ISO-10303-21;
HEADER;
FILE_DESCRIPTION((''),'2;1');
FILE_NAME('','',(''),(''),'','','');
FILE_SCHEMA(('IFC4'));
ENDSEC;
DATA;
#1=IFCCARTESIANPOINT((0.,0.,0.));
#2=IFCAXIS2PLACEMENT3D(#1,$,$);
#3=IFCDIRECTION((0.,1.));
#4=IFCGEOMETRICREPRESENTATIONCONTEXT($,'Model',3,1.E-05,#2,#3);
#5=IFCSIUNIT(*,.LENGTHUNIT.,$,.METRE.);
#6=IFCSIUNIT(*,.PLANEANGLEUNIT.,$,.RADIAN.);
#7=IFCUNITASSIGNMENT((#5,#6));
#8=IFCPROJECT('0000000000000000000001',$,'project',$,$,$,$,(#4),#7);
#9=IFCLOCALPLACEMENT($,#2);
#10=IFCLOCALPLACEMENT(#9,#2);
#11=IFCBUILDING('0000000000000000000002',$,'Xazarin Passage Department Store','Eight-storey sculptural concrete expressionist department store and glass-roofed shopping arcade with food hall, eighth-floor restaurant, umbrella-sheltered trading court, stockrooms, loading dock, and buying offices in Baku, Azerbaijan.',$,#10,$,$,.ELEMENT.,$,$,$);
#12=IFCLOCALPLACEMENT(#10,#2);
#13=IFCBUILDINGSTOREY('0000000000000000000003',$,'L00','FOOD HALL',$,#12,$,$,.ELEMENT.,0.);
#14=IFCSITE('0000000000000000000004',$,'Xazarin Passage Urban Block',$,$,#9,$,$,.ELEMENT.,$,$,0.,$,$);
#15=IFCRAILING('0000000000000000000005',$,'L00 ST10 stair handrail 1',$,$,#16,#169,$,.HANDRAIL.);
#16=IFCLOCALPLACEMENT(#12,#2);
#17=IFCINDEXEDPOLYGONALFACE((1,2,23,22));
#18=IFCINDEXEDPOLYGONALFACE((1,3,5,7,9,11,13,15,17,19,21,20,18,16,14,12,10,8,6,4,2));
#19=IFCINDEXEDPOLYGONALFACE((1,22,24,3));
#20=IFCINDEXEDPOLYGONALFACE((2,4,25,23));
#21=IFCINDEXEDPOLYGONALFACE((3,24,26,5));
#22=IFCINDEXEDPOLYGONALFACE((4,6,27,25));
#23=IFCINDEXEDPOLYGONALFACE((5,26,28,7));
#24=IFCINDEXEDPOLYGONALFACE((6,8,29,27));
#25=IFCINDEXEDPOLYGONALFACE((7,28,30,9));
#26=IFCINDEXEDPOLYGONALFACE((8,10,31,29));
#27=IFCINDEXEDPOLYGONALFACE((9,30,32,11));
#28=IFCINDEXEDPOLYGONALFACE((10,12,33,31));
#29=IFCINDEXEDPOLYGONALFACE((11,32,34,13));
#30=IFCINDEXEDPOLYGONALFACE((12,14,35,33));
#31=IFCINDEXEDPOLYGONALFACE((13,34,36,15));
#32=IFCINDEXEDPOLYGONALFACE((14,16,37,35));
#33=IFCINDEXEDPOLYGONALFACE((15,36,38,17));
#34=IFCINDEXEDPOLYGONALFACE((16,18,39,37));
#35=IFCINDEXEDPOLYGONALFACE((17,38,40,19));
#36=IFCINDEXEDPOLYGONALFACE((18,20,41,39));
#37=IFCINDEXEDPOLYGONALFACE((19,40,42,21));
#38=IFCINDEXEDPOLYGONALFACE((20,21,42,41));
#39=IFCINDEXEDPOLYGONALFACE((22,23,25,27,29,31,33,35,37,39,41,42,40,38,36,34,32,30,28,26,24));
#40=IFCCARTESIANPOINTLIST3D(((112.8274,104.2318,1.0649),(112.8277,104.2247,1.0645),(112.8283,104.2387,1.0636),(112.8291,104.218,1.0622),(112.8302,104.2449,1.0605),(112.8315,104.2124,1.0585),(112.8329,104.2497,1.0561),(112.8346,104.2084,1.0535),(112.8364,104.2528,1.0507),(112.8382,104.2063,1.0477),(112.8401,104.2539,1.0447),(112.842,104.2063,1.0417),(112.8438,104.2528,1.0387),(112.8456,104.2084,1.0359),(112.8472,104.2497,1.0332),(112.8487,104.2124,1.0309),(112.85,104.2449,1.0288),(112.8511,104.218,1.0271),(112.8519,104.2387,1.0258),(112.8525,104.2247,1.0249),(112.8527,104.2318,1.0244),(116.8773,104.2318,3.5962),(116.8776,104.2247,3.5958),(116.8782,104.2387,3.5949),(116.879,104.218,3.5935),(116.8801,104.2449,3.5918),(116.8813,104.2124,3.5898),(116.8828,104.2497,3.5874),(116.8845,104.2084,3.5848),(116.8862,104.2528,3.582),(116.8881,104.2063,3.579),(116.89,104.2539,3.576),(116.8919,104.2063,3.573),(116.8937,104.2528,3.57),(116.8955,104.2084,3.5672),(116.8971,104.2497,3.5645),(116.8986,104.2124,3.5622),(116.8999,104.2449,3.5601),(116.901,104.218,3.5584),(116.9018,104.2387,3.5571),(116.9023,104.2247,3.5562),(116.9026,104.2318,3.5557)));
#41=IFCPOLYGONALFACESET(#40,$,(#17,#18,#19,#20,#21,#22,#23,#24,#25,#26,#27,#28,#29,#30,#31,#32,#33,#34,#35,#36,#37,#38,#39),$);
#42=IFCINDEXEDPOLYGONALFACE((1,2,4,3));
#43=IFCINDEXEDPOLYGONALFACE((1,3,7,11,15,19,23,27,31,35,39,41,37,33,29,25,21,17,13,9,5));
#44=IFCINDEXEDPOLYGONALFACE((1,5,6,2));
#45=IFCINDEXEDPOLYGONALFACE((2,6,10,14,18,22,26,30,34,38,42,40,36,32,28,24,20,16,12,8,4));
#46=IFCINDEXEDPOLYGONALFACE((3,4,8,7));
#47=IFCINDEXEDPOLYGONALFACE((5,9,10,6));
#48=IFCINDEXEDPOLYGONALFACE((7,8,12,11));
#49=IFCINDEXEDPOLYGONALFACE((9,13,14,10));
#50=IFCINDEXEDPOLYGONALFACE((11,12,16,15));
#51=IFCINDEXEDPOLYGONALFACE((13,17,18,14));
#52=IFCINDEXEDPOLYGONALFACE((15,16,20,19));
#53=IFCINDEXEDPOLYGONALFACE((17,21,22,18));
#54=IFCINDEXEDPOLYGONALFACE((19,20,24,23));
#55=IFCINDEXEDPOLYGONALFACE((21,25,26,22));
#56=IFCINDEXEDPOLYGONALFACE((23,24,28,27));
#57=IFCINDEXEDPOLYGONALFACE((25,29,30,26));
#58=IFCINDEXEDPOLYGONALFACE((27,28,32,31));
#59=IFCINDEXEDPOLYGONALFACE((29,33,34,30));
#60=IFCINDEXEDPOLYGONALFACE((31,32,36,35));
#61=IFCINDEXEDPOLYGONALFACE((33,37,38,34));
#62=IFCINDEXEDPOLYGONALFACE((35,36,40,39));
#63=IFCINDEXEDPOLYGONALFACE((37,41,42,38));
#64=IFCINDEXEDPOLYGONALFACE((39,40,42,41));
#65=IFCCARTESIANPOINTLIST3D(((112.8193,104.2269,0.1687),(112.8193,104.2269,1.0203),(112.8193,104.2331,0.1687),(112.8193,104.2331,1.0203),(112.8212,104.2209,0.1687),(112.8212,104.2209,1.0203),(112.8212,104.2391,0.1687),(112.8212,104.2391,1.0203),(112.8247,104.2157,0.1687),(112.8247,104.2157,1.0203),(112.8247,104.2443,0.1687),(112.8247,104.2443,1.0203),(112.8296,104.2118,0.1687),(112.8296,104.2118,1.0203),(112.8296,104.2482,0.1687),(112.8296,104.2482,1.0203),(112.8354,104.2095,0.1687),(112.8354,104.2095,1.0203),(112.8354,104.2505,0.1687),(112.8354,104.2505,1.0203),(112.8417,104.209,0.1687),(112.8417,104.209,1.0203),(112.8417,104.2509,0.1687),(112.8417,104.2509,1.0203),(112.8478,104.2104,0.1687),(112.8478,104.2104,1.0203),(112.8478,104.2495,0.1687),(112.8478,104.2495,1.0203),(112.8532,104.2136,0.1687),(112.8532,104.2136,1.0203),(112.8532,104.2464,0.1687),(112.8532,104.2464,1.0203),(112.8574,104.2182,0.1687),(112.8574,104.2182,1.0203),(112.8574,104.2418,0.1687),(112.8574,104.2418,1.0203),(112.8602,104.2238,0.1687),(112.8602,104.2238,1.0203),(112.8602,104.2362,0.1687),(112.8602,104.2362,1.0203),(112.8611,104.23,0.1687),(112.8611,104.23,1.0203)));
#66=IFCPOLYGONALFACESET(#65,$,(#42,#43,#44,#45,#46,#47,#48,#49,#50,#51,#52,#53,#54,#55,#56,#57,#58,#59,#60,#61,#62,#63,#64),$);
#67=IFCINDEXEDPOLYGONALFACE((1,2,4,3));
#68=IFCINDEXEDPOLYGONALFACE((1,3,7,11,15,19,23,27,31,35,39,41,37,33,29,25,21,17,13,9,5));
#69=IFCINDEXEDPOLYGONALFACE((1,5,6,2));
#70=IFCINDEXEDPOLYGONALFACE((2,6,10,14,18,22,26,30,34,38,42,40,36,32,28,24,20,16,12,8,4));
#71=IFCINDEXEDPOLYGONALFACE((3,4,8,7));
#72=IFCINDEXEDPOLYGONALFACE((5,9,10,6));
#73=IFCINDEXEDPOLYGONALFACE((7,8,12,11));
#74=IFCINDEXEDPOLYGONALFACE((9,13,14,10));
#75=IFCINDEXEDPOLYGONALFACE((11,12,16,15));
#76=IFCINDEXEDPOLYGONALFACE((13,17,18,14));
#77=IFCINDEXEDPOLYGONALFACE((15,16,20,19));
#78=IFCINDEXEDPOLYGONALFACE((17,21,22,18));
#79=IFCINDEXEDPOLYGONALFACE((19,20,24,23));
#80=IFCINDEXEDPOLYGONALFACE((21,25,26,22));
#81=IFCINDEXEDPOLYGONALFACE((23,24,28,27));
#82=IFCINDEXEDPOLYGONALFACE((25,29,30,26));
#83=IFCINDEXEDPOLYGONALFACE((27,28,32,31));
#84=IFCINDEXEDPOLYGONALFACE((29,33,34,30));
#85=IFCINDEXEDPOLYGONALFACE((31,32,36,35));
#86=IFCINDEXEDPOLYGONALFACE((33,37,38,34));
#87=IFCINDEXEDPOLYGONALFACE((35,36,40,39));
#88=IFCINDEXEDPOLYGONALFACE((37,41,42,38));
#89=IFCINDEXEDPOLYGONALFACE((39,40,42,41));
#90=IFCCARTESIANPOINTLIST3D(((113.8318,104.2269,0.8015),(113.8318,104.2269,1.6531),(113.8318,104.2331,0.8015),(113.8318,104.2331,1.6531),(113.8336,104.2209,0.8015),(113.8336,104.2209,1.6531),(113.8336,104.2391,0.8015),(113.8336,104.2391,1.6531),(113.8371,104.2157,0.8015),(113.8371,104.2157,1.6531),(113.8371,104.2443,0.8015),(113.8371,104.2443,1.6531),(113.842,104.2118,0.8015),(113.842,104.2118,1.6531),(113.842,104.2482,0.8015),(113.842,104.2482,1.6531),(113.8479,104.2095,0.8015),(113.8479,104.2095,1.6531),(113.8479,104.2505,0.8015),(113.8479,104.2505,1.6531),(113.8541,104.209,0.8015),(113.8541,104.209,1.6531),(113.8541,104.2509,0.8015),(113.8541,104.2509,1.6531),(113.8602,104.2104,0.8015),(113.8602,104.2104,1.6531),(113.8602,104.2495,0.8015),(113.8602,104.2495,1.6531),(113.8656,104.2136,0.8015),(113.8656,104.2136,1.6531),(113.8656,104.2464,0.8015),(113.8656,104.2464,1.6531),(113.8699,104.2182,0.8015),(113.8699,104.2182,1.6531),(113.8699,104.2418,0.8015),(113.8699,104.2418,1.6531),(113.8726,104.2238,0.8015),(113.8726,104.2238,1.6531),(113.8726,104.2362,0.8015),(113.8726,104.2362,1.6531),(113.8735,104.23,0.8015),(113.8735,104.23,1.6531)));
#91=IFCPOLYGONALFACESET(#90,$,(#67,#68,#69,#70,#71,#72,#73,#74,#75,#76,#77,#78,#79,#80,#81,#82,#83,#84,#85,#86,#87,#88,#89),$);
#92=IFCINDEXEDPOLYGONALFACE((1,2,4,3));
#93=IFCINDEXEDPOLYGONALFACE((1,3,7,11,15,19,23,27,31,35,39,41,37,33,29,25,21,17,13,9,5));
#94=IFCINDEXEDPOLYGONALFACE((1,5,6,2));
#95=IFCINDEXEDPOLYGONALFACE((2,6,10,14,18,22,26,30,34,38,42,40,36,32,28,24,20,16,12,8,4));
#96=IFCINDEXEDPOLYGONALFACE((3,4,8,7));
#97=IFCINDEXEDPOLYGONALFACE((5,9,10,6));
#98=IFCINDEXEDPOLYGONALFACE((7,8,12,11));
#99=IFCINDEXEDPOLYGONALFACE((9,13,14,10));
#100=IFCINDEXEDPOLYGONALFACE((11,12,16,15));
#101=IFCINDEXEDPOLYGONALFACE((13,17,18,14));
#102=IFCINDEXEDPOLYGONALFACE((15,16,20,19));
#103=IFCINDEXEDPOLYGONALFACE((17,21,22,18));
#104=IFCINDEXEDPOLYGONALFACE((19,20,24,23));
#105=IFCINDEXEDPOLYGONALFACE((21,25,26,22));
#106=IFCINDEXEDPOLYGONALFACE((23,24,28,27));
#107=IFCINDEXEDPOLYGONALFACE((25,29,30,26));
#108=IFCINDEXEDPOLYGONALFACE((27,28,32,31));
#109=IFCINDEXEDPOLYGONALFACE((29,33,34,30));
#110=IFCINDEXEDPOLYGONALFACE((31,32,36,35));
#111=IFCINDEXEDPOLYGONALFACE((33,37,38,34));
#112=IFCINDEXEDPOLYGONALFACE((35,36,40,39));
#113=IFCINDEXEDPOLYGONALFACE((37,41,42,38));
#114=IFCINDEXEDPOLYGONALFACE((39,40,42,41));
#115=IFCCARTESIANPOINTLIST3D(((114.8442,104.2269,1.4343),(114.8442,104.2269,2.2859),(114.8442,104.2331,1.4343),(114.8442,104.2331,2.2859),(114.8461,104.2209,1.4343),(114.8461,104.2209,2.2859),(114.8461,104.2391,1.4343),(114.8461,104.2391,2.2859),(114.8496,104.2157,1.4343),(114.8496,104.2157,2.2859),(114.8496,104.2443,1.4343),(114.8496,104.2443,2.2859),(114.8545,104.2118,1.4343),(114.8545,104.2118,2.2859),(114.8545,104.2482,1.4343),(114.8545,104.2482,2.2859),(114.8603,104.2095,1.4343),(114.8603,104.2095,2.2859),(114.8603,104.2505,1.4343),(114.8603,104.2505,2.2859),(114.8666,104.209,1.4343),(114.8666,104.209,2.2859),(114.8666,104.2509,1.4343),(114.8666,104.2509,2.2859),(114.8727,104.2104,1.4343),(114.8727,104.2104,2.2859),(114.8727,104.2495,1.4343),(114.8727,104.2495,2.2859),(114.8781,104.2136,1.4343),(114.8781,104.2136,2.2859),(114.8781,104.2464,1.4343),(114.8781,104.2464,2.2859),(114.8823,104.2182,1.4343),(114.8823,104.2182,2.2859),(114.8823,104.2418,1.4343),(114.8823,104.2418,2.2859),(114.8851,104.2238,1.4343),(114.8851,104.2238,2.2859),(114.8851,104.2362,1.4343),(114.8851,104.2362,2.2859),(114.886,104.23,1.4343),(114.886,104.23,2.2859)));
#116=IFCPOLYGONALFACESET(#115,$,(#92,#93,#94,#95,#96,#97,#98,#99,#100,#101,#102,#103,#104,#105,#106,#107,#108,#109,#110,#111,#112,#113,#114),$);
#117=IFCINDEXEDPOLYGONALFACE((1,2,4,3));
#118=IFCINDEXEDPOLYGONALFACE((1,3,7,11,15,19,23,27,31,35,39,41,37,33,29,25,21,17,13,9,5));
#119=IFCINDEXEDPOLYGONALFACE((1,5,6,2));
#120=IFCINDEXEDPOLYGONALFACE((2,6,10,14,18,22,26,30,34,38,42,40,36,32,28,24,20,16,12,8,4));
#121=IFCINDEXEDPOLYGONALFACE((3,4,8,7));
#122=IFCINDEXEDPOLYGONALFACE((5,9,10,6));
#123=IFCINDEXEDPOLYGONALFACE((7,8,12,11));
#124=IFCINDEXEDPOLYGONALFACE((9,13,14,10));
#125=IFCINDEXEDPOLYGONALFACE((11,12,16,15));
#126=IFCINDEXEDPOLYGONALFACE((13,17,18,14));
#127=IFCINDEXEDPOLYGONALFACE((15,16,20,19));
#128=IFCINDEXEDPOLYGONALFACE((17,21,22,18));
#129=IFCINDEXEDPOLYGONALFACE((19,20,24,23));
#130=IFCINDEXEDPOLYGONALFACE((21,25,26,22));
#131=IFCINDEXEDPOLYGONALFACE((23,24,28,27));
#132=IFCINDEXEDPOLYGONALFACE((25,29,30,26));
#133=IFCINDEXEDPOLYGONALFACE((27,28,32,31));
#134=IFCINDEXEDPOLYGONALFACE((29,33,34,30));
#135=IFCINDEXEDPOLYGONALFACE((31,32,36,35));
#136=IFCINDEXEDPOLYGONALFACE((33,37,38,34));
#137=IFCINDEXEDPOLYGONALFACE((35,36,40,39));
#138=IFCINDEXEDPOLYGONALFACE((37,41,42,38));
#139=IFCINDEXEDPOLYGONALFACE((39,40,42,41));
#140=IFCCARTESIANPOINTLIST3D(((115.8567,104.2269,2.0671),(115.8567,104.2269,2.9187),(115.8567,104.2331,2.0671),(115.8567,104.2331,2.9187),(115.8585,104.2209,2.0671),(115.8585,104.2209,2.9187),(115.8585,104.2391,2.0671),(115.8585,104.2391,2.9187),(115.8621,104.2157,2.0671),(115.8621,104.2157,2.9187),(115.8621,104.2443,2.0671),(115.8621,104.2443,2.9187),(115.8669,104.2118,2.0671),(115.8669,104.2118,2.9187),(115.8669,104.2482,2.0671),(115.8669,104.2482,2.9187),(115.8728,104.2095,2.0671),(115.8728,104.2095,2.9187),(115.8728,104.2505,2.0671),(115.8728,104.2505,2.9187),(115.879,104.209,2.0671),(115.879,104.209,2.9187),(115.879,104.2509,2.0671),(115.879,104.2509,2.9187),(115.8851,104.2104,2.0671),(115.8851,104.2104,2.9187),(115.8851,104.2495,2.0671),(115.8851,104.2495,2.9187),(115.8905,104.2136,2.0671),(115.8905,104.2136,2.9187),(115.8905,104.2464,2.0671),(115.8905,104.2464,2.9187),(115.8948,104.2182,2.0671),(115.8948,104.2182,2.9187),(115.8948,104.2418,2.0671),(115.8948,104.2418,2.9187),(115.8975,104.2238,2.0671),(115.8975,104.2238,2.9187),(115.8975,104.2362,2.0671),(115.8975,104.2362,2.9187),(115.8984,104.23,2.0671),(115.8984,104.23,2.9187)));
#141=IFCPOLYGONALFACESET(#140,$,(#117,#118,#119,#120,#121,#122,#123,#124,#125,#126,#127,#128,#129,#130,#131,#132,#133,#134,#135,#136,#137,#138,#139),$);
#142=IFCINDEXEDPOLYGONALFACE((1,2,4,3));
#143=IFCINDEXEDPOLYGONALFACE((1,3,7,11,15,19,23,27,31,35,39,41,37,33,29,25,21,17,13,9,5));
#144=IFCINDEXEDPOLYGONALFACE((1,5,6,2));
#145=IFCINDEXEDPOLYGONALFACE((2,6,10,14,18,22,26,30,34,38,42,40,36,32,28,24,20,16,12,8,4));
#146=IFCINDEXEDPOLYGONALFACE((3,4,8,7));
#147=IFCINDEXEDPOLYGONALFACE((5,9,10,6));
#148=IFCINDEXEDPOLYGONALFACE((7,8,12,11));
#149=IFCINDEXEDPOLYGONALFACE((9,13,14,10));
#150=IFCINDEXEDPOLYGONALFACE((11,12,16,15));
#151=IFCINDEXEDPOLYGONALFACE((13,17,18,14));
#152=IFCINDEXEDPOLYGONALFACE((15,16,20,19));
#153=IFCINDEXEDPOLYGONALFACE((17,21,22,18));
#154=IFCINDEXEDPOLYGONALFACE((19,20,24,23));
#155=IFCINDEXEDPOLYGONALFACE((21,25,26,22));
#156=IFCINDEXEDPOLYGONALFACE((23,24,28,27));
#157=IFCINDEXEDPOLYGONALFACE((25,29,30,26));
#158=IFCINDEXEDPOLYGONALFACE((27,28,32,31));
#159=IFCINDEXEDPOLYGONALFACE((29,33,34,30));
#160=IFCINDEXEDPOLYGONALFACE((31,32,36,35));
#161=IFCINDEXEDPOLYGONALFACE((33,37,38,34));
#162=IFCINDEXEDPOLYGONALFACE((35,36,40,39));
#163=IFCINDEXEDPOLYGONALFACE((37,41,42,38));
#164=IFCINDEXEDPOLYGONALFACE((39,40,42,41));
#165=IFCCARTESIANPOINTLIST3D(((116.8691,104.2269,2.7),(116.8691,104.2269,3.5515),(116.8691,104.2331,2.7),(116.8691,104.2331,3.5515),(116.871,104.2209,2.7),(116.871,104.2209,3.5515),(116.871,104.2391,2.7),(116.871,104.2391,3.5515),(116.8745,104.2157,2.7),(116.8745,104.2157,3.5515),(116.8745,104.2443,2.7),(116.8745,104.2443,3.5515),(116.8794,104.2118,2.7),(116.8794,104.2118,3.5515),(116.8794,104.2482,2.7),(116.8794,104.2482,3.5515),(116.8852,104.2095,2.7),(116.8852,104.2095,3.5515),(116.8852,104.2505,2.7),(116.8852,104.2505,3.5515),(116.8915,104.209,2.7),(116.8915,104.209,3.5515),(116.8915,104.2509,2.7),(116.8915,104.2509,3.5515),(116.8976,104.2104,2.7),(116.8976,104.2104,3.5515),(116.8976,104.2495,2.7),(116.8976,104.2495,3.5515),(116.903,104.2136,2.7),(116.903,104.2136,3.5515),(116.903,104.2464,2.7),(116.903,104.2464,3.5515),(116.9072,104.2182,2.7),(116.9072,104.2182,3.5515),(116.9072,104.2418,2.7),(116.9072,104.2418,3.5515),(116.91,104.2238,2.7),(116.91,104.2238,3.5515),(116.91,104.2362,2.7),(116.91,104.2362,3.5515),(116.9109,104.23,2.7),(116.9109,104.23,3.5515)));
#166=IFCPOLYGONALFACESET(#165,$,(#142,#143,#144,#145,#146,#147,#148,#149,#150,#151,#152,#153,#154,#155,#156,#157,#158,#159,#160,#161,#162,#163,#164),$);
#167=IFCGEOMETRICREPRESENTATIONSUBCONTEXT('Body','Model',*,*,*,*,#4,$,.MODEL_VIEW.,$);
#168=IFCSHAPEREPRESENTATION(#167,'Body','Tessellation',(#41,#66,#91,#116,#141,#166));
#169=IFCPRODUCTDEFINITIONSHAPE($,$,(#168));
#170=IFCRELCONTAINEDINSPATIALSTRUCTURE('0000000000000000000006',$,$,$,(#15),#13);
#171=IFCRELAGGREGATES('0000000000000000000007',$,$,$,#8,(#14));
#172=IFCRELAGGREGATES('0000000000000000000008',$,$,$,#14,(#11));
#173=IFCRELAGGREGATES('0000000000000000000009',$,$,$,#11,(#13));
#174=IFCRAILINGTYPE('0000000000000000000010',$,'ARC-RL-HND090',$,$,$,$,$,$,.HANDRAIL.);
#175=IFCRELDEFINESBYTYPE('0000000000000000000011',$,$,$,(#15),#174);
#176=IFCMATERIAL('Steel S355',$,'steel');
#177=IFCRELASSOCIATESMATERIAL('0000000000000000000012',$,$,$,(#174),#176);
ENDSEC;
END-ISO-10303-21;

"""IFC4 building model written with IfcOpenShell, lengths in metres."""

from ifc_helpers import new_model, si_unit, direction, frame, origin, origin_2d, place, context, subcontext, project, spatial, circle, extrude, material, type_object, element, save


model = new_model("IFC4")

# Units and contexts
model_context = context("Model", 3, precision=1e-05, world=origin(), true_north=direction((0.0, 1.0)))
body_context = subcontext(model_context, "Body", "Model", "MODEL_VIEW")
ifc_project = project(units=[si_unit("LENGTHUNIT", "METRE"), si_unit("PLANEANGLEUNIT", "RADIAN")], contexts=[model_context])

# Site, building, storey
site_placement = place(None, origin())
site = spatial("IfcSite", under=ifc_project, at=site_placement, Name="Xazarin Passage Urban Block", CompositionType="ELEMENT", RefElevation=0.0)
building_placement = place(site_placement, origin())
building = spatial("IfcBuilding", under=site, at=building_placement, Name="Xazarin Passage Department Store", Description="Eight-storey sculptural concrete expressionist department store and glass-roofed shopping arcade with food hall, eighth-floor restaurant, umbrella-sheltered trading court, stockrooms, loading dock, and buying offices in Baku, Azerbaijan.", CompositionType="ELEMENT")
storey_placement = place(building_placement, origin())
storey = spatial("IfcBuildingStorey", under=building, at=storey_placement, Name="L00", Description="FOOD HALL", CompositionType="ELEMENT", Elevation=0.0)

# Railing
ifc_material_1 = material(Name="Steel S355", Category="steel")
railing_type_1 = type_object("IfcRailingType", Name="ARC-RL-HND090", PredefinedType="HANDRAIL", material=ifc_material_1)
railing_1_placement = place(storey_placement, frame((112.8401, 104.23, 0.1687)))
element("IfcRailing", 1, at=railing_1_placement, inside=storey, type_object=railing_type_1, Name="L00 ST10 stair handrail 1", PredefinedType="HANDRAIL", context=body_context, shape_type="SweptSolid", body=[
    extrude(circle(Radius=0.0239, at=origin_2d()), frame((0.0, 0.0, 0.876), z_axis=(0.847987, 0.0, 0.530017), x_axis=(0.0, 1.0, 0.0)), (0.0, 0.0, 1.0), 4.7759),
    extrude(circle(Radius=0.021, at=origin_2d()), origin(), (0.0, 0.0, 1.0), 0.8516),
    extrude(circle(Radius=0.021, at=origin_2d()), frame((1.0125, 0.0, 0.6328)), (0.0, 0.0, 1.0), 0.8516),
    extrude(circle(Radius=0.021, at=origin_2d()), frame((2.0249, 0.0, 1.2656)), (0.0, 0.0, 1.0), 0.8516),
    extrude(circle(Radius=0.021, at=origin_2d()), frame((3.0374, 0.0, 1.8984)), (0.0, 0.0, 1.0), 0.8516),
    extrude(circle(Radius=0.021, at=origin_2d()), frame((4.0498, 0.0, 2.5312)), (0.0, 0.0, 1.0), 0.8516),
])

save(model, "model.ifc")
